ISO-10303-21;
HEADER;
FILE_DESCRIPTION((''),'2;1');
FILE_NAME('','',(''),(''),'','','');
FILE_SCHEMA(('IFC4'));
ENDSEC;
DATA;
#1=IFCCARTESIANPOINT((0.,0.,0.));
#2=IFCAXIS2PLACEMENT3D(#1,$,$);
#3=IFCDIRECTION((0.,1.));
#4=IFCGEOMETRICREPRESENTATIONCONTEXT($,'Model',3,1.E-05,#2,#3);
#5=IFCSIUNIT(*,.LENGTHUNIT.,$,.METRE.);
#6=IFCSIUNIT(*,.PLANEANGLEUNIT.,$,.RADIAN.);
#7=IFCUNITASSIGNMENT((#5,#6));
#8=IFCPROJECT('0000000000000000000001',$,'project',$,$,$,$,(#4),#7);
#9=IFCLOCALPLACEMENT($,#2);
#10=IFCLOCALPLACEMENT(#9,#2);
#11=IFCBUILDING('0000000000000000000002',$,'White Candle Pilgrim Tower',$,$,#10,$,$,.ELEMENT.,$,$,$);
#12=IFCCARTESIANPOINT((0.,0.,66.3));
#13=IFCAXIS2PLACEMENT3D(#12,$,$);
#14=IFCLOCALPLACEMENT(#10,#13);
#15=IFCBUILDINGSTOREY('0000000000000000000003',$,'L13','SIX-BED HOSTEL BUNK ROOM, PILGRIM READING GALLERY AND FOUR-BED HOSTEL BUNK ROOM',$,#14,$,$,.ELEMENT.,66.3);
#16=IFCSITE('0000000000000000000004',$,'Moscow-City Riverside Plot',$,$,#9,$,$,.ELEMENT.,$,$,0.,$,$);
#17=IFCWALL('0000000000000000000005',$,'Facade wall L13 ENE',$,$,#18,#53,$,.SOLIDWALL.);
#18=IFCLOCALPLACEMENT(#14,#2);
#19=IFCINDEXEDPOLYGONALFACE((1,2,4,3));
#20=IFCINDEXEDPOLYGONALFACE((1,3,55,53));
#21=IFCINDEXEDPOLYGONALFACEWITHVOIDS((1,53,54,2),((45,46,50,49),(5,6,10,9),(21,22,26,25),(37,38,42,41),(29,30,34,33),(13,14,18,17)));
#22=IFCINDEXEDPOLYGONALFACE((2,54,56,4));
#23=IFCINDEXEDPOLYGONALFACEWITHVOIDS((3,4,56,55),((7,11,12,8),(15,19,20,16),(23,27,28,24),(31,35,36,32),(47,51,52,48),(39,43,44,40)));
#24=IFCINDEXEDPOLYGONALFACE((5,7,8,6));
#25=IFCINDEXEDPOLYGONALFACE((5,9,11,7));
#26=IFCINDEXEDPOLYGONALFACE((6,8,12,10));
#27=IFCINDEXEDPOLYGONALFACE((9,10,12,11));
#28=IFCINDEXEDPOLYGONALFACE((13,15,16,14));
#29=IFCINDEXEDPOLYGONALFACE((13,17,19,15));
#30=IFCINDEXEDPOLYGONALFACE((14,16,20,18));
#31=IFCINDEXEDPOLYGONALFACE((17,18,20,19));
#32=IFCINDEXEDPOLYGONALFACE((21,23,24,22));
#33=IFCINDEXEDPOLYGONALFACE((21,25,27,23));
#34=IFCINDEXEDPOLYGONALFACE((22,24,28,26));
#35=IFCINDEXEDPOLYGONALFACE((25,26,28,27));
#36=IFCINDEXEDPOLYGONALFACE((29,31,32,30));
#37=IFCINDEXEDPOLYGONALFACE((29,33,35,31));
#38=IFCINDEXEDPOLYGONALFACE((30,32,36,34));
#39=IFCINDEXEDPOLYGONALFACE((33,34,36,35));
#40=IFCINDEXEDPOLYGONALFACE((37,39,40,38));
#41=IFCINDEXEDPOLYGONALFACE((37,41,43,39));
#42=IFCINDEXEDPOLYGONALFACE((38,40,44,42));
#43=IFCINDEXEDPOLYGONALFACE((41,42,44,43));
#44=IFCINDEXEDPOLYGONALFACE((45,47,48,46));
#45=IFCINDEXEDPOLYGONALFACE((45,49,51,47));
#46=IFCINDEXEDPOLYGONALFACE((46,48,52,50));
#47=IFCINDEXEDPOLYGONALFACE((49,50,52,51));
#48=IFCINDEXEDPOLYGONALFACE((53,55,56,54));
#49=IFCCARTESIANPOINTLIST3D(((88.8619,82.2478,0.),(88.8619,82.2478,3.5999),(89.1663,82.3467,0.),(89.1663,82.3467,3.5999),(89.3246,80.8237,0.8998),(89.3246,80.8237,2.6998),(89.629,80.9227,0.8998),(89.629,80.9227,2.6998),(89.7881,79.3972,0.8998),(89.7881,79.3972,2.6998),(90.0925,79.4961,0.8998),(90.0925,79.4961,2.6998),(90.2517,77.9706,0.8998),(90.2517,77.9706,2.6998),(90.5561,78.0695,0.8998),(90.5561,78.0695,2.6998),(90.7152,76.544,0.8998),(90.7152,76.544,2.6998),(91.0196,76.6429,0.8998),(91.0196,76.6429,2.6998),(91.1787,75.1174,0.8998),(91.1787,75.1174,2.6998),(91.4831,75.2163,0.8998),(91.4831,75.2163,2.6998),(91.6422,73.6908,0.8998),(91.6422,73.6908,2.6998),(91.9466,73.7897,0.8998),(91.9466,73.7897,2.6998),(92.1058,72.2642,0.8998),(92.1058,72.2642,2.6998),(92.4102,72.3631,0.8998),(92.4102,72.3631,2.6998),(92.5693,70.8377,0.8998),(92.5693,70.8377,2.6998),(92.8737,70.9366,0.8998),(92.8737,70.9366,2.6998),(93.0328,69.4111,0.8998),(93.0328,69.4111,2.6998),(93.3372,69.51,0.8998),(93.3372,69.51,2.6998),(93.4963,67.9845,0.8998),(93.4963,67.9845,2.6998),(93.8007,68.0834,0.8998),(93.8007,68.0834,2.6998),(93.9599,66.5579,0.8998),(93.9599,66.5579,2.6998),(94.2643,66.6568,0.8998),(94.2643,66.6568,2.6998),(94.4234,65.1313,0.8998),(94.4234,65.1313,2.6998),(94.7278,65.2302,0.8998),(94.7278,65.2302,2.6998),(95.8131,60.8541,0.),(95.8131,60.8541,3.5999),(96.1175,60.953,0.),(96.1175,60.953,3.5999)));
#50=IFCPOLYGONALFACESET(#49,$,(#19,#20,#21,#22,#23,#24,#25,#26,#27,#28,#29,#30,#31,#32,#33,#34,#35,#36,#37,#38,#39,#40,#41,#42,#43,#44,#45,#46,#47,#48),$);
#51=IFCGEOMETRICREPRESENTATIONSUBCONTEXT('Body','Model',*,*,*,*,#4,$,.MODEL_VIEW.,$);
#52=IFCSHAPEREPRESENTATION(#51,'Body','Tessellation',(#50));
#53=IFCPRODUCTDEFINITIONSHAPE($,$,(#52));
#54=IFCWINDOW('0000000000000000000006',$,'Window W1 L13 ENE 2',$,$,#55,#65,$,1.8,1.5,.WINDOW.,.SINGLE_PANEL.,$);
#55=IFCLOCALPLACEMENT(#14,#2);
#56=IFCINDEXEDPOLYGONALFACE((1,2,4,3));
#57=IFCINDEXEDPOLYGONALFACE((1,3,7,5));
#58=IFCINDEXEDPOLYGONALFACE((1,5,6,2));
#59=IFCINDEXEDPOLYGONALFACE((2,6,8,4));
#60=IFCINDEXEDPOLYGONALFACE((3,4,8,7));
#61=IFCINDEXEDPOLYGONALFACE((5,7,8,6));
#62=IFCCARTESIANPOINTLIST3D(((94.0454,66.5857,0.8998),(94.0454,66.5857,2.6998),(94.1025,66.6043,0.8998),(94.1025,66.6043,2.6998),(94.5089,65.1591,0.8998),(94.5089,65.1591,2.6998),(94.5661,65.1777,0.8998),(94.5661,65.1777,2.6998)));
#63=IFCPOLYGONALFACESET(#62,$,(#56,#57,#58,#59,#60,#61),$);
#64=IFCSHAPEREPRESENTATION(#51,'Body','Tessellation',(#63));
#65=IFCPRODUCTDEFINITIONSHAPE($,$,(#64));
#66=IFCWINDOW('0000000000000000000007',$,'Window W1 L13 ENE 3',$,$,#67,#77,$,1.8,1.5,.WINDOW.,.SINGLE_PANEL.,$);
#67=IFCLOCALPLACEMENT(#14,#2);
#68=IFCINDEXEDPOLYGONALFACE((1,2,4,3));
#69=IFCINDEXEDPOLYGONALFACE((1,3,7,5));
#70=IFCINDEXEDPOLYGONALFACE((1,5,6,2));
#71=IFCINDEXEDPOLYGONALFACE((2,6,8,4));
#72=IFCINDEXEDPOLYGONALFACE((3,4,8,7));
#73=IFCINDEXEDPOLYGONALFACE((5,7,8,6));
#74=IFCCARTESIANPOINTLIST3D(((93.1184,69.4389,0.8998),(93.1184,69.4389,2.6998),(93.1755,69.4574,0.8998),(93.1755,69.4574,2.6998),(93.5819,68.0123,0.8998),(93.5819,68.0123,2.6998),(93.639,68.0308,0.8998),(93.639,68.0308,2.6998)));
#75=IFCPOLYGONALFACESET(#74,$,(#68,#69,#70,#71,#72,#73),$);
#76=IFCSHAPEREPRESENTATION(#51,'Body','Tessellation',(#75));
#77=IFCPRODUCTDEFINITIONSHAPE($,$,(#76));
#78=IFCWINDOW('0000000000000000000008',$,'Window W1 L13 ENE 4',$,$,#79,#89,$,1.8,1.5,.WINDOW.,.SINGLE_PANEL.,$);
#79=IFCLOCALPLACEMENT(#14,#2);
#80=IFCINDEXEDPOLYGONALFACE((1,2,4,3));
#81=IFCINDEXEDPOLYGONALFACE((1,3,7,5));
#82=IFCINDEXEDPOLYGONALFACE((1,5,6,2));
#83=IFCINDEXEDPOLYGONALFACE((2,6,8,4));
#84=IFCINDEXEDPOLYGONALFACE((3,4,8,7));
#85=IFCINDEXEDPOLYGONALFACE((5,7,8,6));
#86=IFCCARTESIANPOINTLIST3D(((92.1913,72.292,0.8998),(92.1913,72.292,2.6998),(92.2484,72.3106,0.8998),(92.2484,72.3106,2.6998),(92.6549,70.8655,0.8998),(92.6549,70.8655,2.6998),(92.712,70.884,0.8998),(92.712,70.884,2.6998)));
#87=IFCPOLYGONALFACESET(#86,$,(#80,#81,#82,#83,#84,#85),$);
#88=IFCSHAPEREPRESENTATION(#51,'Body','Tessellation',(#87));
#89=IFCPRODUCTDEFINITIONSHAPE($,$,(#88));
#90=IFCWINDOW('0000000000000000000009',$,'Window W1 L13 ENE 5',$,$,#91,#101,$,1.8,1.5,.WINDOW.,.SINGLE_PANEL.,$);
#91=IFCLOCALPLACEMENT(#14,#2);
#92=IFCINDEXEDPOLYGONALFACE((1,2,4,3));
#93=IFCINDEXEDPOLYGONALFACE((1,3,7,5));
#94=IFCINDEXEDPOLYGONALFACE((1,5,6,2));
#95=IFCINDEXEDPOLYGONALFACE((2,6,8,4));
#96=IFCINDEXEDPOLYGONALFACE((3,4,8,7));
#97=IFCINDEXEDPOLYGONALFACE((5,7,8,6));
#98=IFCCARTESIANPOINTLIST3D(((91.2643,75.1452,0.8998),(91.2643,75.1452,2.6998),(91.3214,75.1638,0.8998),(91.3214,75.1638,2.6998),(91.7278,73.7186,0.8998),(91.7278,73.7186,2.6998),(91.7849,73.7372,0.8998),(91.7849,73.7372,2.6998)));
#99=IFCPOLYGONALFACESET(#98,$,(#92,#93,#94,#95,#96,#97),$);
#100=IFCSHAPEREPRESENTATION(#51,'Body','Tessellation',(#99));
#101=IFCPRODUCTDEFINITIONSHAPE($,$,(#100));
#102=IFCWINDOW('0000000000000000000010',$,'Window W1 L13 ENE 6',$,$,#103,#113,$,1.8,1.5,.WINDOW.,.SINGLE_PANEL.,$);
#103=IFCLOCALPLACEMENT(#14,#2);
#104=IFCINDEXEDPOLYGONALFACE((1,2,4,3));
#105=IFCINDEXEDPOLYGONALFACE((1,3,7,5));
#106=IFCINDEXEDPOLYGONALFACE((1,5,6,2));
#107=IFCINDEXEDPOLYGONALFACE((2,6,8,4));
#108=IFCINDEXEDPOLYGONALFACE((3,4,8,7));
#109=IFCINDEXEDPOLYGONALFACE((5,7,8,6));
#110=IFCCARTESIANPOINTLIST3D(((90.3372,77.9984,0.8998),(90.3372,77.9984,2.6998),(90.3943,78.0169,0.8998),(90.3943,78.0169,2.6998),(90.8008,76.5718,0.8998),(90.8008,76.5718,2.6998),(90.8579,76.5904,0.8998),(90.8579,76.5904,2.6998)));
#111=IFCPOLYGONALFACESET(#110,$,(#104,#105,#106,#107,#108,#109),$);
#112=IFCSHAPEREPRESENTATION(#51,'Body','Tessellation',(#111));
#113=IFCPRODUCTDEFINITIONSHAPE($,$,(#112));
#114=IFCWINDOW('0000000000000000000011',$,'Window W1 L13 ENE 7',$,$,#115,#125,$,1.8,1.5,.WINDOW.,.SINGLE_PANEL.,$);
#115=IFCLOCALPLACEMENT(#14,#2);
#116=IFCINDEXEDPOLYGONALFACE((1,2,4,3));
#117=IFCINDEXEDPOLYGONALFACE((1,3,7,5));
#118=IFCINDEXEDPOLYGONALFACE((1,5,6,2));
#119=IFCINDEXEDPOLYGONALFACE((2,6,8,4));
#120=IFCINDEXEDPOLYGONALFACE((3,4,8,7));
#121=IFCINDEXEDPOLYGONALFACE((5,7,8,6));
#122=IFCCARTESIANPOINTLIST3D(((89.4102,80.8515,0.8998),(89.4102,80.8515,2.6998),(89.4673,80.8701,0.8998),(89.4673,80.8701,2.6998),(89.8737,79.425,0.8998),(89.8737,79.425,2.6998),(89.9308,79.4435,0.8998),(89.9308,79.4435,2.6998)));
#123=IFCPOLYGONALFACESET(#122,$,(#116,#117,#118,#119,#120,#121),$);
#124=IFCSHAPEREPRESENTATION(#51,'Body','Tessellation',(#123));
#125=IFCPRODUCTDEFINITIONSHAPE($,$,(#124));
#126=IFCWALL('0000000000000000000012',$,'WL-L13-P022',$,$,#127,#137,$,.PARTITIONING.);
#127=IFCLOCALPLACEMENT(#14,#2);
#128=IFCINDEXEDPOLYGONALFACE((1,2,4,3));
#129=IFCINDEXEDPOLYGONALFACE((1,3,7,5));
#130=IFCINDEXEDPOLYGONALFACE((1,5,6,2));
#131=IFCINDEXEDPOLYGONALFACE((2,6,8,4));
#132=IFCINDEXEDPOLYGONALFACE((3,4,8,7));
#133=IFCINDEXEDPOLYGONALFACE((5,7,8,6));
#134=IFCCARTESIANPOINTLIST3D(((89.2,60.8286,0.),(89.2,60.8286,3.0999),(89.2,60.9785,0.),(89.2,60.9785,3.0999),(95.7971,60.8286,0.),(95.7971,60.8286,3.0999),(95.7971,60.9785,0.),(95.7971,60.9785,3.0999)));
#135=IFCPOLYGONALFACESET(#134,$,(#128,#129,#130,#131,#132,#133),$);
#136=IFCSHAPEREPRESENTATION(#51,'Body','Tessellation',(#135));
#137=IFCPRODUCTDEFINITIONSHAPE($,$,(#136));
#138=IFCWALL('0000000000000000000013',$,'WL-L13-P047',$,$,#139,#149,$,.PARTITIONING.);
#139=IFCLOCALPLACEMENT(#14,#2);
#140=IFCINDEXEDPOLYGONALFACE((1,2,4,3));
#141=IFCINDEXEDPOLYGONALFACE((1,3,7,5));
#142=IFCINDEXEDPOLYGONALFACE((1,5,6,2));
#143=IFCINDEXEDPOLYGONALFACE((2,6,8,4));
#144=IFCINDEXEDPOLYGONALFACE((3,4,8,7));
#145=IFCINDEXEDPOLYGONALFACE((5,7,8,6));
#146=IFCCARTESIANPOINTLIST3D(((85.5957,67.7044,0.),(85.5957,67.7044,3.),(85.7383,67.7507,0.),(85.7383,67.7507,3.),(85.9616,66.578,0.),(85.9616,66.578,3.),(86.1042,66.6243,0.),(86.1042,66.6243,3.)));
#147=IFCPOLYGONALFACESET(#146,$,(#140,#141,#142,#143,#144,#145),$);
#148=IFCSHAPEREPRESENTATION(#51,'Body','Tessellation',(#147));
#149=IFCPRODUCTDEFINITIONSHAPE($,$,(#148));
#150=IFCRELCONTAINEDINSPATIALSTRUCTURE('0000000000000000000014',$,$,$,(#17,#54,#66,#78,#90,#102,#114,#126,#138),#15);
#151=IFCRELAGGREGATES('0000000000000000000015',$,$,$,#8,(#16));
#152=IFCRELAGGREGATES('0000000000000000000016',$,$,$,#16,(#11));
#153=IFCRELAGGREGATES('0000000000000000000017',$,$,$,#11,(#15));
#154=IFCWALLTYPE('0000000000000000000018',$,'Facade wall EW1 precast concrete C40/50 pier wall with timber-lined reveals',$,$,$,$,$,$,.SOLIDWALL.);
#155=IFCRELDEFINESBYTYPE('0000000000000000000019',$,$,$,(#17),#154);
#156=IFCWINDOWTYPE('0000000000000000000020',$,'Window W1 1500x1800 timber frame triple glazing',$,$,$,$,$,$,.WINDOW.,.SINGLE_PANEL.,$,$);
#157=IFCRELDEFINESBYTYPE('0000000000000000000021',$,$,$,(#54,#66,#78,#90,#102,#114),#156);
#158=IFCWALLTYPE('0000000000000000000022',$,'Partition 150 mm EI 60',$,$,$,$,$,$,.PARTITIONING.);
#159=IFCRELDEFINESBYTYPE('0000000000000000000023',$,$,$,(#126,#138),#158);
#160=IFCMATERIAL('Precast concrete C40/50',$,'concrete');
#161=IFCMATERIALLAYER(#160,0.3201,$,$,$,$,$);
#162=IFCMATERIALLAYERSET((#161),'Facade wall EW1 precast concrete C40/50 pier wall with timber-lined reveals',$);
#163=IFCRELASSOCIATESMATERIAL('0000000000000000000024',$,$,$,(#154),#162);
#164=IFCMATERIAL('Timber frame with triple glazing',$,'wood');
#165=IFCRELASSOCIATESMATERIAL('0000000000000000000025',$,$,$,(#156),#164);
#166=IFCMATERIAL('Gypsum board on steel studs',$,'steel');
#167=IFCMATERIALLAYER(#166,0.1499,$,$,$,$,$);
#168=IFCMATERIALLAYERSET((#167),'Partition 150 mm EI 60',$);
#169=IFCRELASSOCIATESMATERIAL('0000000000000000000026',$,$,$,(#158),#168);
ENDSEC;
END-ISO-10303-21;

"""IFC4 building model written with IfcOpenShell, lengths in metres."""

from ifc_helpers import new_model, si_unit, direction, frame, frame_2d, origin, place, context, subcontext, project, spatial, rectangle, extrude, material, layer, layer_set, type_object, element, fill, save


model = new_model("IFC4")

# Units and contexts
model_context = context("Model", 3, precision=1e-05, world=origin(), true_north=direction((0.0, 1.0)))
body_context = subcontext(model_context, "Body", "Model", "MODEL_VIEW")
ifc_project = project(units=[si_unit("LENGTHUNIT", "METRE"), si_unit("PLANEANGLEUNIT", "RADIAN")], contexts=[model_context])

# Site, building, storey
site_placement = place(None, origin())
site = spatial("IfcSite", under=ifc_project, at=site_placement, Name="Moscow-City Riverside Plot", CompositionType="ELEMENT", RefElevation=0.0)
building_placement = place(site_placement, origin())
building = spatial("IfcBuilding", under=site, at=building_placement, Name="White Candle Pilgrim Tower", CompositionType="ELEMENT")
storey_placement = place(building_placement, frame((0.0, 0.0, 66.3)))
storey = spatial("IfcBuildingStorey", under=building, at=storey_placement, Name="L13", Description="SIX-BED HOSTEL BUNK ROOM, PILGRIM READING GALLERY AND FOUR-BED HOSTEL BUNK ROOM", CompositionType="ELEMENT", Elevation=66.3)

# Shared definitions
ifc_material_1 = material(Name="Gypsum board on steel studs", Category="steel")

# Wall, openings, windows
ifc_material_2 = material(Name="Precast concrete C40/50", Category="concrete")
ifc_layer_1 = layer(ifc_material_2, 0.3201)
ifc_layer_set_1 = layer_set([ifc_layer_1], Name="Facade wall EW1 precast concrete C40/50 pier wall with timber-lined reveals")
wall_type_1 = type_object("IfcWallType", Name="Facade wall EW1 precast concrete C40/50 pier wall with timber-lined reveals", PredefinedType="SOLIDWALL", material=ifc_layer_set_1)
wall_1_placement = place(storey_placement, frame((95.9653, 60.9036, 0.0), z_axis=(0.0, 0.0, 1.0), x_axis=(-0.309016, 0.951057, 0.0)))
wall_1 = element("IfcWall", 1, at=wall_1_placement, inside=storey, type_object=wall_type_1, Name="Facade wall L13 ENE", PredefinedType="SOLIDWALL", context=body_context, shape_type="SweptSolid", body=[
    extrude(rectangle(XDim=22.4946, YDim=0.3201, at=frame_2d((11.2473, 0.0))), origin(), (0.0, 0.0, 1.0), 3.5999),
])
opening_1_placement = place(wall_1_placement, frame((4.4973, 0.0, 0.8999)))
opening_1 = element("IfcOpeningElement", 2, at=opening_1_placement, cuts=wall_1, PredefinedType="OPENING", context=body_context, shape_type="SweptSolid", body=[
    extrude(rectangle(XDim=1.5, YDim=1.8, at=frame_2d((0.75, 0.8999))), frame((0.0, 0.1699, 0.0), z_axis=(0.0, -1.0, 0.0), x_axis=(1.0, 0.0, 0.0)), (0.0, 0.0, 1.0), 0.3401),
])
opening_2_placement = place(wall_1_placement, frame((7.4973, 0.0, 0.8999)))
opening_2 = element("IfcOpeningElement", 3, at=opening_2_placement, cuts=wall_1, PredefinedType="OPENING", context=body_context, shape_type="SweptSolid", body=[
    extrude(rectangle(XDim=1.5, YDim=1.8, at=frame_2d((0.75, 0.8999))), frame((0.0, 0.1699, 0.0), z_axis=(0.0, -1.0, 0.0), x_axis=(1.0, 0.0, 0.0)), (0.0, 0.0, 1.0), 0.3401),
])
opening_3_placement = place(wall_1_placement, frame((10.4973, 0.0, 0.8999)))
opening_3 = element("IfcOpeningElement", 4, at=opening_3_placement, cuts=wall_1, PredefinedType="OPENING", context=body_context, shape_type="SweptSolid", body=[
    extrude(rectangle(XDim=1.5, YDim=1.8, at=frame_2d((0.75, 0.8999))), frame((0.0, 0.1699, 0.0), z_axis=(0.0, -1.0, 0.0), x_axis=(1.0, 0.0, 0.0)), (0.0, 0.0, 1.0), 0.3401),
])
opening_4_placement = place(wall_1_placement, frame((13.4973, 0.0, 0.8999)))
opening_4 = element("IfcOpeningElement", 5, at=opening_4_placement, cuts=wall_1, PredefinedType="OPENING", context=body_context, shape_type="SweptSolid", body=[
    extrude(rectangle(XDim=1.5, YDim=1.8, at=frame_2d((0.75, 0.8999))), frame((0.0, 0.1699, 0.0), z_axis=(0.0, -1.0, 0.0), x_axis=(1.0, 0.0, 0.0)), (0.0, 0.0, 1.0), 0.3401),
])
opening_5_placement = place(wall_1_placement, frame((16.4973, 0.0, 0.8999)))
opening_5 = element("IfcOpeningElement", 6, at=opening_5_placement, cuts=wall_1, PredefinedType="OPENING", context=body_context, shape_type="SweptSolid", body=[
    extrude(rectangle(XDim=1.5, YDim=1.8, at=frame_2d((0.75, 0.8999))), frame((0.0, 0.1699, 0.0), z_axis=(0.0, -1.0, 0.0), x_axis=(1.0, 0.0, 0.0)), (0.0, 0.0, 1.0), 0.3401),
])
opening_6_placement = place(wall_1_placement, frame((19.4973, 0.0, 0.8999)))
opening_6 = element("IfcOpeningElement", 7, at=opening_6_placement, cuts=wall_1, PredefinedType="OPENING", context=body_context, shape_type="SweptSolid", body=[
    extrude(rectangle(XDim=1.5, YDim=1.8, at=frame_2d((0.75, 0.8999))), frame((0.0, 0.1699, 0.0), z_axis=(0.0, -1.0, 0.0), x_axis=(1.0, 0.0, 0.0)), (0.0, 0.0, 1.0), 0.3401),
])
ifc_material_3 = material(Name="Timber frame with triple glazing", Category="wood")
window_type = type_object("IfcWindowType", Name="Window W1 1500x1800 timber frame triple glazing", PartitioningType="SINGLE_PANEL", PredefinedType="WINDOW", material=ifc_material_3)
window_1_placement = place(opening_1_placement, origin())
window_1 = element("IfcWindow", 8, at=window_1_placement, inside=storey, type_object=window_type, Name="Window W1 L13 ENE 2", OverallHeight=1.8, OverallWidth=1.5, PartitioningType="SINGLE_PANEL", PredefinedType="WINDOW", context=body_context, shape_type="SweptSolid", body=[
    extrude(rectangle(XDim=1.5, YDim=1.8, at=frame_2d((0.75, 0.8999))), frame((0.0, 0.0701, 0.0), z_axis=(0.0, -1.0, 0.0), x_axis=(1.0, 0.0, 0.0)), (0.0, 0.0, 1.0), 0.0601),
])
fill(opening_1, window_1)
window_2_placement = place(opening_2_placement, origin())
window_2 = element("IfcWindow", 9, at=window_2_placement, inside=storey, type_object=window_type, Name="Window W1 L13 ENE 3", OverallHeight=1.8, OverallWidth=1.5, PartitioningType="SINGLE_PANEL", PredefinedType="WINDOW", context=body_context, shape_type="SweptSolid", body=[
    extrude(rectangle(XDim=1.5, YDim=1.8, at=frame_2d((0.75, 0.8999))), frame((0.0, 0.0701, 0.0), z_axis=(0.0, -1.0, 0.0), x_axis=(1.0, 0.0, 0.0)), (0.0, 0.0, 1.0), 0.0601),
])
fill(opening_2, window_2)
window_3_placement = place(opening_3_placement, origin())
window_3 = element("IfcWindow", 10, at=window_3_placement, inside=storey, type_object=window_type, Name="Window W1 L13 ENE 4", OverallHeight=1.8, OverallWidth=1.5, PartitioningType="SINGLE_PANEL", PredefinedType="WINDOW", context=body_context, shape_type="SweptSolid", body=[
    extrude(rectangle(XDim=1.5, YDim=1.8, at=frame_2d((0.75, 0.8999))), frame((0.0, 0.0701, 0.0), z_axis=(0.0, -1.0, 0.0), x_axis=(1.0, 0.0, 0.0)), (0.0, 0.0, 1.0), 0.0601),
])
fill(opening_3, window_3)
window_4_placement = place(opening_4_placement, origin())
window_4 = element("IfcWindow", 11, at=window_4_placement, inside=storey, type_object=window_type, Name="Window W1 L13 ENE 5", OverallHeight=1.8, OverallWidth=1.5, PartitioningType="SINGLE_PANEL", PredefinedType="WINDOW", context=body_context, shape_type="SweptSolid", body=[
    extrude(rectangle(XDim=1.5, YDim=1.8, at=frame_2d((0.75, 0.8999))), frame((0.0, 0.0701, 0.0), z_axis=(0.0, -1.0, 0.0), x_axis=(1.0, 0.0, 0.0)), (0.0, 0.0, 1.0), 0.0601),
])
fill(opening_4, window_4)
window_5_placement = place(opening_5_placement, origin())
window_5 = element("IfcWindow", 12, at=window_5_placement, inside=storey, type_object=window_type, Name="Window W1 L13 ENE 6", OverallHeight=1.8, OverallWidth=1.5, PartitioningType="SINGLE_PANEL", PredefinedType="WINDOW", context=body_context, shape_type="SweptSolid", body=[
    extrude(rectangle(XDim=1.5, YDim=1.8, at=frame_2d((0.75, 0.8999))), frame((0.0, 0.0701, 0.0), z_axis=(0.0, -1.0, 0.0), x_axis=(1.0, 0.0, 0.0)), (0.0, 0.0, 1.0), 0.0601),
])
fill(opening_5, window_5)
window_6_placement = place(opening_6_placement, origin())
window_6 = element("IfcWindow", 13, at=window_6_placement, inside=storey, type_object=window_type, Name="Window W1 L13 ENE 7", OverallHeight=1.8, OverallWidth=1.5, PartitioningType="SINGLE_PANEL", PredefinedType="WINDOW", context=body_context, shape_type="SweptSolid", body=[
    extrude(rectangle(XDim=1.5, YDim=1.8, at=frame_2d((0.75, 0.8999))), frame((0.0, 0.0701, 0.0), z_axis=(0.0, -1.0, 0.0), x_axis=(1.0, 0.0, 0.0)), (0.0, 0.0, 1.0), 0.0601),
])
fill(opening_6, window_6)

# Walls
ifc_layer_2 = layer(ifc_material_1, 0.1499)
ifc_layer_set_2 = layer_set([ifc_layer_2], Name="Partition 150 mm EI 60")
wall_type_2 = type_object("IfcWallType", Name="Partition 150 mm EI 60", PredefinedType="PARTITIONING", material=ifc_layer_set_2)
wall_2_placement = place(storey_placement, frame((95.7971, 60.9036, 0.0), z_axis=(0.0, 0.0, 1.0), x_axis=(-1.0, 0.0, 0.0)))
element("IfcWall", 14, at=wall_2_placement, inside=storey, type_object=wall_type_2, Name="WL-L13-P022", PredefinedType="PARTITIONING", context=body_context, shape_type="SweptSolid", body=[
    extrude(rectangle(XDim=6.5972, YDim=0.1499, at=frame_2d((3.2986, 0.0))), origin(), (0.0, 0.0, 1.0), 3.0999),
])
wall_3_placement = place(storey_placement, frame((86.033, 66.6011, 0.0), z_axis=(0.0, 0.0, 1.0), x_axis=(-0.308984, 0.951067, 0.0)))
element("IfcWall", 15, at=wall_3_placement, inside=storey, type_object=wall_type_2, Name="WL-L13-P047", PredefinedType="PARTITIONING", context=body_context, shape_type="SweptSolid", body=[
    extrude(rectangle(XDim=1.1843, YDim=0.1499, at=frame_2d((0.5923, 0.0))), origin(), (0.0, 0.0, 1.0), 3.0),
])

save(model, "model.ifc")
